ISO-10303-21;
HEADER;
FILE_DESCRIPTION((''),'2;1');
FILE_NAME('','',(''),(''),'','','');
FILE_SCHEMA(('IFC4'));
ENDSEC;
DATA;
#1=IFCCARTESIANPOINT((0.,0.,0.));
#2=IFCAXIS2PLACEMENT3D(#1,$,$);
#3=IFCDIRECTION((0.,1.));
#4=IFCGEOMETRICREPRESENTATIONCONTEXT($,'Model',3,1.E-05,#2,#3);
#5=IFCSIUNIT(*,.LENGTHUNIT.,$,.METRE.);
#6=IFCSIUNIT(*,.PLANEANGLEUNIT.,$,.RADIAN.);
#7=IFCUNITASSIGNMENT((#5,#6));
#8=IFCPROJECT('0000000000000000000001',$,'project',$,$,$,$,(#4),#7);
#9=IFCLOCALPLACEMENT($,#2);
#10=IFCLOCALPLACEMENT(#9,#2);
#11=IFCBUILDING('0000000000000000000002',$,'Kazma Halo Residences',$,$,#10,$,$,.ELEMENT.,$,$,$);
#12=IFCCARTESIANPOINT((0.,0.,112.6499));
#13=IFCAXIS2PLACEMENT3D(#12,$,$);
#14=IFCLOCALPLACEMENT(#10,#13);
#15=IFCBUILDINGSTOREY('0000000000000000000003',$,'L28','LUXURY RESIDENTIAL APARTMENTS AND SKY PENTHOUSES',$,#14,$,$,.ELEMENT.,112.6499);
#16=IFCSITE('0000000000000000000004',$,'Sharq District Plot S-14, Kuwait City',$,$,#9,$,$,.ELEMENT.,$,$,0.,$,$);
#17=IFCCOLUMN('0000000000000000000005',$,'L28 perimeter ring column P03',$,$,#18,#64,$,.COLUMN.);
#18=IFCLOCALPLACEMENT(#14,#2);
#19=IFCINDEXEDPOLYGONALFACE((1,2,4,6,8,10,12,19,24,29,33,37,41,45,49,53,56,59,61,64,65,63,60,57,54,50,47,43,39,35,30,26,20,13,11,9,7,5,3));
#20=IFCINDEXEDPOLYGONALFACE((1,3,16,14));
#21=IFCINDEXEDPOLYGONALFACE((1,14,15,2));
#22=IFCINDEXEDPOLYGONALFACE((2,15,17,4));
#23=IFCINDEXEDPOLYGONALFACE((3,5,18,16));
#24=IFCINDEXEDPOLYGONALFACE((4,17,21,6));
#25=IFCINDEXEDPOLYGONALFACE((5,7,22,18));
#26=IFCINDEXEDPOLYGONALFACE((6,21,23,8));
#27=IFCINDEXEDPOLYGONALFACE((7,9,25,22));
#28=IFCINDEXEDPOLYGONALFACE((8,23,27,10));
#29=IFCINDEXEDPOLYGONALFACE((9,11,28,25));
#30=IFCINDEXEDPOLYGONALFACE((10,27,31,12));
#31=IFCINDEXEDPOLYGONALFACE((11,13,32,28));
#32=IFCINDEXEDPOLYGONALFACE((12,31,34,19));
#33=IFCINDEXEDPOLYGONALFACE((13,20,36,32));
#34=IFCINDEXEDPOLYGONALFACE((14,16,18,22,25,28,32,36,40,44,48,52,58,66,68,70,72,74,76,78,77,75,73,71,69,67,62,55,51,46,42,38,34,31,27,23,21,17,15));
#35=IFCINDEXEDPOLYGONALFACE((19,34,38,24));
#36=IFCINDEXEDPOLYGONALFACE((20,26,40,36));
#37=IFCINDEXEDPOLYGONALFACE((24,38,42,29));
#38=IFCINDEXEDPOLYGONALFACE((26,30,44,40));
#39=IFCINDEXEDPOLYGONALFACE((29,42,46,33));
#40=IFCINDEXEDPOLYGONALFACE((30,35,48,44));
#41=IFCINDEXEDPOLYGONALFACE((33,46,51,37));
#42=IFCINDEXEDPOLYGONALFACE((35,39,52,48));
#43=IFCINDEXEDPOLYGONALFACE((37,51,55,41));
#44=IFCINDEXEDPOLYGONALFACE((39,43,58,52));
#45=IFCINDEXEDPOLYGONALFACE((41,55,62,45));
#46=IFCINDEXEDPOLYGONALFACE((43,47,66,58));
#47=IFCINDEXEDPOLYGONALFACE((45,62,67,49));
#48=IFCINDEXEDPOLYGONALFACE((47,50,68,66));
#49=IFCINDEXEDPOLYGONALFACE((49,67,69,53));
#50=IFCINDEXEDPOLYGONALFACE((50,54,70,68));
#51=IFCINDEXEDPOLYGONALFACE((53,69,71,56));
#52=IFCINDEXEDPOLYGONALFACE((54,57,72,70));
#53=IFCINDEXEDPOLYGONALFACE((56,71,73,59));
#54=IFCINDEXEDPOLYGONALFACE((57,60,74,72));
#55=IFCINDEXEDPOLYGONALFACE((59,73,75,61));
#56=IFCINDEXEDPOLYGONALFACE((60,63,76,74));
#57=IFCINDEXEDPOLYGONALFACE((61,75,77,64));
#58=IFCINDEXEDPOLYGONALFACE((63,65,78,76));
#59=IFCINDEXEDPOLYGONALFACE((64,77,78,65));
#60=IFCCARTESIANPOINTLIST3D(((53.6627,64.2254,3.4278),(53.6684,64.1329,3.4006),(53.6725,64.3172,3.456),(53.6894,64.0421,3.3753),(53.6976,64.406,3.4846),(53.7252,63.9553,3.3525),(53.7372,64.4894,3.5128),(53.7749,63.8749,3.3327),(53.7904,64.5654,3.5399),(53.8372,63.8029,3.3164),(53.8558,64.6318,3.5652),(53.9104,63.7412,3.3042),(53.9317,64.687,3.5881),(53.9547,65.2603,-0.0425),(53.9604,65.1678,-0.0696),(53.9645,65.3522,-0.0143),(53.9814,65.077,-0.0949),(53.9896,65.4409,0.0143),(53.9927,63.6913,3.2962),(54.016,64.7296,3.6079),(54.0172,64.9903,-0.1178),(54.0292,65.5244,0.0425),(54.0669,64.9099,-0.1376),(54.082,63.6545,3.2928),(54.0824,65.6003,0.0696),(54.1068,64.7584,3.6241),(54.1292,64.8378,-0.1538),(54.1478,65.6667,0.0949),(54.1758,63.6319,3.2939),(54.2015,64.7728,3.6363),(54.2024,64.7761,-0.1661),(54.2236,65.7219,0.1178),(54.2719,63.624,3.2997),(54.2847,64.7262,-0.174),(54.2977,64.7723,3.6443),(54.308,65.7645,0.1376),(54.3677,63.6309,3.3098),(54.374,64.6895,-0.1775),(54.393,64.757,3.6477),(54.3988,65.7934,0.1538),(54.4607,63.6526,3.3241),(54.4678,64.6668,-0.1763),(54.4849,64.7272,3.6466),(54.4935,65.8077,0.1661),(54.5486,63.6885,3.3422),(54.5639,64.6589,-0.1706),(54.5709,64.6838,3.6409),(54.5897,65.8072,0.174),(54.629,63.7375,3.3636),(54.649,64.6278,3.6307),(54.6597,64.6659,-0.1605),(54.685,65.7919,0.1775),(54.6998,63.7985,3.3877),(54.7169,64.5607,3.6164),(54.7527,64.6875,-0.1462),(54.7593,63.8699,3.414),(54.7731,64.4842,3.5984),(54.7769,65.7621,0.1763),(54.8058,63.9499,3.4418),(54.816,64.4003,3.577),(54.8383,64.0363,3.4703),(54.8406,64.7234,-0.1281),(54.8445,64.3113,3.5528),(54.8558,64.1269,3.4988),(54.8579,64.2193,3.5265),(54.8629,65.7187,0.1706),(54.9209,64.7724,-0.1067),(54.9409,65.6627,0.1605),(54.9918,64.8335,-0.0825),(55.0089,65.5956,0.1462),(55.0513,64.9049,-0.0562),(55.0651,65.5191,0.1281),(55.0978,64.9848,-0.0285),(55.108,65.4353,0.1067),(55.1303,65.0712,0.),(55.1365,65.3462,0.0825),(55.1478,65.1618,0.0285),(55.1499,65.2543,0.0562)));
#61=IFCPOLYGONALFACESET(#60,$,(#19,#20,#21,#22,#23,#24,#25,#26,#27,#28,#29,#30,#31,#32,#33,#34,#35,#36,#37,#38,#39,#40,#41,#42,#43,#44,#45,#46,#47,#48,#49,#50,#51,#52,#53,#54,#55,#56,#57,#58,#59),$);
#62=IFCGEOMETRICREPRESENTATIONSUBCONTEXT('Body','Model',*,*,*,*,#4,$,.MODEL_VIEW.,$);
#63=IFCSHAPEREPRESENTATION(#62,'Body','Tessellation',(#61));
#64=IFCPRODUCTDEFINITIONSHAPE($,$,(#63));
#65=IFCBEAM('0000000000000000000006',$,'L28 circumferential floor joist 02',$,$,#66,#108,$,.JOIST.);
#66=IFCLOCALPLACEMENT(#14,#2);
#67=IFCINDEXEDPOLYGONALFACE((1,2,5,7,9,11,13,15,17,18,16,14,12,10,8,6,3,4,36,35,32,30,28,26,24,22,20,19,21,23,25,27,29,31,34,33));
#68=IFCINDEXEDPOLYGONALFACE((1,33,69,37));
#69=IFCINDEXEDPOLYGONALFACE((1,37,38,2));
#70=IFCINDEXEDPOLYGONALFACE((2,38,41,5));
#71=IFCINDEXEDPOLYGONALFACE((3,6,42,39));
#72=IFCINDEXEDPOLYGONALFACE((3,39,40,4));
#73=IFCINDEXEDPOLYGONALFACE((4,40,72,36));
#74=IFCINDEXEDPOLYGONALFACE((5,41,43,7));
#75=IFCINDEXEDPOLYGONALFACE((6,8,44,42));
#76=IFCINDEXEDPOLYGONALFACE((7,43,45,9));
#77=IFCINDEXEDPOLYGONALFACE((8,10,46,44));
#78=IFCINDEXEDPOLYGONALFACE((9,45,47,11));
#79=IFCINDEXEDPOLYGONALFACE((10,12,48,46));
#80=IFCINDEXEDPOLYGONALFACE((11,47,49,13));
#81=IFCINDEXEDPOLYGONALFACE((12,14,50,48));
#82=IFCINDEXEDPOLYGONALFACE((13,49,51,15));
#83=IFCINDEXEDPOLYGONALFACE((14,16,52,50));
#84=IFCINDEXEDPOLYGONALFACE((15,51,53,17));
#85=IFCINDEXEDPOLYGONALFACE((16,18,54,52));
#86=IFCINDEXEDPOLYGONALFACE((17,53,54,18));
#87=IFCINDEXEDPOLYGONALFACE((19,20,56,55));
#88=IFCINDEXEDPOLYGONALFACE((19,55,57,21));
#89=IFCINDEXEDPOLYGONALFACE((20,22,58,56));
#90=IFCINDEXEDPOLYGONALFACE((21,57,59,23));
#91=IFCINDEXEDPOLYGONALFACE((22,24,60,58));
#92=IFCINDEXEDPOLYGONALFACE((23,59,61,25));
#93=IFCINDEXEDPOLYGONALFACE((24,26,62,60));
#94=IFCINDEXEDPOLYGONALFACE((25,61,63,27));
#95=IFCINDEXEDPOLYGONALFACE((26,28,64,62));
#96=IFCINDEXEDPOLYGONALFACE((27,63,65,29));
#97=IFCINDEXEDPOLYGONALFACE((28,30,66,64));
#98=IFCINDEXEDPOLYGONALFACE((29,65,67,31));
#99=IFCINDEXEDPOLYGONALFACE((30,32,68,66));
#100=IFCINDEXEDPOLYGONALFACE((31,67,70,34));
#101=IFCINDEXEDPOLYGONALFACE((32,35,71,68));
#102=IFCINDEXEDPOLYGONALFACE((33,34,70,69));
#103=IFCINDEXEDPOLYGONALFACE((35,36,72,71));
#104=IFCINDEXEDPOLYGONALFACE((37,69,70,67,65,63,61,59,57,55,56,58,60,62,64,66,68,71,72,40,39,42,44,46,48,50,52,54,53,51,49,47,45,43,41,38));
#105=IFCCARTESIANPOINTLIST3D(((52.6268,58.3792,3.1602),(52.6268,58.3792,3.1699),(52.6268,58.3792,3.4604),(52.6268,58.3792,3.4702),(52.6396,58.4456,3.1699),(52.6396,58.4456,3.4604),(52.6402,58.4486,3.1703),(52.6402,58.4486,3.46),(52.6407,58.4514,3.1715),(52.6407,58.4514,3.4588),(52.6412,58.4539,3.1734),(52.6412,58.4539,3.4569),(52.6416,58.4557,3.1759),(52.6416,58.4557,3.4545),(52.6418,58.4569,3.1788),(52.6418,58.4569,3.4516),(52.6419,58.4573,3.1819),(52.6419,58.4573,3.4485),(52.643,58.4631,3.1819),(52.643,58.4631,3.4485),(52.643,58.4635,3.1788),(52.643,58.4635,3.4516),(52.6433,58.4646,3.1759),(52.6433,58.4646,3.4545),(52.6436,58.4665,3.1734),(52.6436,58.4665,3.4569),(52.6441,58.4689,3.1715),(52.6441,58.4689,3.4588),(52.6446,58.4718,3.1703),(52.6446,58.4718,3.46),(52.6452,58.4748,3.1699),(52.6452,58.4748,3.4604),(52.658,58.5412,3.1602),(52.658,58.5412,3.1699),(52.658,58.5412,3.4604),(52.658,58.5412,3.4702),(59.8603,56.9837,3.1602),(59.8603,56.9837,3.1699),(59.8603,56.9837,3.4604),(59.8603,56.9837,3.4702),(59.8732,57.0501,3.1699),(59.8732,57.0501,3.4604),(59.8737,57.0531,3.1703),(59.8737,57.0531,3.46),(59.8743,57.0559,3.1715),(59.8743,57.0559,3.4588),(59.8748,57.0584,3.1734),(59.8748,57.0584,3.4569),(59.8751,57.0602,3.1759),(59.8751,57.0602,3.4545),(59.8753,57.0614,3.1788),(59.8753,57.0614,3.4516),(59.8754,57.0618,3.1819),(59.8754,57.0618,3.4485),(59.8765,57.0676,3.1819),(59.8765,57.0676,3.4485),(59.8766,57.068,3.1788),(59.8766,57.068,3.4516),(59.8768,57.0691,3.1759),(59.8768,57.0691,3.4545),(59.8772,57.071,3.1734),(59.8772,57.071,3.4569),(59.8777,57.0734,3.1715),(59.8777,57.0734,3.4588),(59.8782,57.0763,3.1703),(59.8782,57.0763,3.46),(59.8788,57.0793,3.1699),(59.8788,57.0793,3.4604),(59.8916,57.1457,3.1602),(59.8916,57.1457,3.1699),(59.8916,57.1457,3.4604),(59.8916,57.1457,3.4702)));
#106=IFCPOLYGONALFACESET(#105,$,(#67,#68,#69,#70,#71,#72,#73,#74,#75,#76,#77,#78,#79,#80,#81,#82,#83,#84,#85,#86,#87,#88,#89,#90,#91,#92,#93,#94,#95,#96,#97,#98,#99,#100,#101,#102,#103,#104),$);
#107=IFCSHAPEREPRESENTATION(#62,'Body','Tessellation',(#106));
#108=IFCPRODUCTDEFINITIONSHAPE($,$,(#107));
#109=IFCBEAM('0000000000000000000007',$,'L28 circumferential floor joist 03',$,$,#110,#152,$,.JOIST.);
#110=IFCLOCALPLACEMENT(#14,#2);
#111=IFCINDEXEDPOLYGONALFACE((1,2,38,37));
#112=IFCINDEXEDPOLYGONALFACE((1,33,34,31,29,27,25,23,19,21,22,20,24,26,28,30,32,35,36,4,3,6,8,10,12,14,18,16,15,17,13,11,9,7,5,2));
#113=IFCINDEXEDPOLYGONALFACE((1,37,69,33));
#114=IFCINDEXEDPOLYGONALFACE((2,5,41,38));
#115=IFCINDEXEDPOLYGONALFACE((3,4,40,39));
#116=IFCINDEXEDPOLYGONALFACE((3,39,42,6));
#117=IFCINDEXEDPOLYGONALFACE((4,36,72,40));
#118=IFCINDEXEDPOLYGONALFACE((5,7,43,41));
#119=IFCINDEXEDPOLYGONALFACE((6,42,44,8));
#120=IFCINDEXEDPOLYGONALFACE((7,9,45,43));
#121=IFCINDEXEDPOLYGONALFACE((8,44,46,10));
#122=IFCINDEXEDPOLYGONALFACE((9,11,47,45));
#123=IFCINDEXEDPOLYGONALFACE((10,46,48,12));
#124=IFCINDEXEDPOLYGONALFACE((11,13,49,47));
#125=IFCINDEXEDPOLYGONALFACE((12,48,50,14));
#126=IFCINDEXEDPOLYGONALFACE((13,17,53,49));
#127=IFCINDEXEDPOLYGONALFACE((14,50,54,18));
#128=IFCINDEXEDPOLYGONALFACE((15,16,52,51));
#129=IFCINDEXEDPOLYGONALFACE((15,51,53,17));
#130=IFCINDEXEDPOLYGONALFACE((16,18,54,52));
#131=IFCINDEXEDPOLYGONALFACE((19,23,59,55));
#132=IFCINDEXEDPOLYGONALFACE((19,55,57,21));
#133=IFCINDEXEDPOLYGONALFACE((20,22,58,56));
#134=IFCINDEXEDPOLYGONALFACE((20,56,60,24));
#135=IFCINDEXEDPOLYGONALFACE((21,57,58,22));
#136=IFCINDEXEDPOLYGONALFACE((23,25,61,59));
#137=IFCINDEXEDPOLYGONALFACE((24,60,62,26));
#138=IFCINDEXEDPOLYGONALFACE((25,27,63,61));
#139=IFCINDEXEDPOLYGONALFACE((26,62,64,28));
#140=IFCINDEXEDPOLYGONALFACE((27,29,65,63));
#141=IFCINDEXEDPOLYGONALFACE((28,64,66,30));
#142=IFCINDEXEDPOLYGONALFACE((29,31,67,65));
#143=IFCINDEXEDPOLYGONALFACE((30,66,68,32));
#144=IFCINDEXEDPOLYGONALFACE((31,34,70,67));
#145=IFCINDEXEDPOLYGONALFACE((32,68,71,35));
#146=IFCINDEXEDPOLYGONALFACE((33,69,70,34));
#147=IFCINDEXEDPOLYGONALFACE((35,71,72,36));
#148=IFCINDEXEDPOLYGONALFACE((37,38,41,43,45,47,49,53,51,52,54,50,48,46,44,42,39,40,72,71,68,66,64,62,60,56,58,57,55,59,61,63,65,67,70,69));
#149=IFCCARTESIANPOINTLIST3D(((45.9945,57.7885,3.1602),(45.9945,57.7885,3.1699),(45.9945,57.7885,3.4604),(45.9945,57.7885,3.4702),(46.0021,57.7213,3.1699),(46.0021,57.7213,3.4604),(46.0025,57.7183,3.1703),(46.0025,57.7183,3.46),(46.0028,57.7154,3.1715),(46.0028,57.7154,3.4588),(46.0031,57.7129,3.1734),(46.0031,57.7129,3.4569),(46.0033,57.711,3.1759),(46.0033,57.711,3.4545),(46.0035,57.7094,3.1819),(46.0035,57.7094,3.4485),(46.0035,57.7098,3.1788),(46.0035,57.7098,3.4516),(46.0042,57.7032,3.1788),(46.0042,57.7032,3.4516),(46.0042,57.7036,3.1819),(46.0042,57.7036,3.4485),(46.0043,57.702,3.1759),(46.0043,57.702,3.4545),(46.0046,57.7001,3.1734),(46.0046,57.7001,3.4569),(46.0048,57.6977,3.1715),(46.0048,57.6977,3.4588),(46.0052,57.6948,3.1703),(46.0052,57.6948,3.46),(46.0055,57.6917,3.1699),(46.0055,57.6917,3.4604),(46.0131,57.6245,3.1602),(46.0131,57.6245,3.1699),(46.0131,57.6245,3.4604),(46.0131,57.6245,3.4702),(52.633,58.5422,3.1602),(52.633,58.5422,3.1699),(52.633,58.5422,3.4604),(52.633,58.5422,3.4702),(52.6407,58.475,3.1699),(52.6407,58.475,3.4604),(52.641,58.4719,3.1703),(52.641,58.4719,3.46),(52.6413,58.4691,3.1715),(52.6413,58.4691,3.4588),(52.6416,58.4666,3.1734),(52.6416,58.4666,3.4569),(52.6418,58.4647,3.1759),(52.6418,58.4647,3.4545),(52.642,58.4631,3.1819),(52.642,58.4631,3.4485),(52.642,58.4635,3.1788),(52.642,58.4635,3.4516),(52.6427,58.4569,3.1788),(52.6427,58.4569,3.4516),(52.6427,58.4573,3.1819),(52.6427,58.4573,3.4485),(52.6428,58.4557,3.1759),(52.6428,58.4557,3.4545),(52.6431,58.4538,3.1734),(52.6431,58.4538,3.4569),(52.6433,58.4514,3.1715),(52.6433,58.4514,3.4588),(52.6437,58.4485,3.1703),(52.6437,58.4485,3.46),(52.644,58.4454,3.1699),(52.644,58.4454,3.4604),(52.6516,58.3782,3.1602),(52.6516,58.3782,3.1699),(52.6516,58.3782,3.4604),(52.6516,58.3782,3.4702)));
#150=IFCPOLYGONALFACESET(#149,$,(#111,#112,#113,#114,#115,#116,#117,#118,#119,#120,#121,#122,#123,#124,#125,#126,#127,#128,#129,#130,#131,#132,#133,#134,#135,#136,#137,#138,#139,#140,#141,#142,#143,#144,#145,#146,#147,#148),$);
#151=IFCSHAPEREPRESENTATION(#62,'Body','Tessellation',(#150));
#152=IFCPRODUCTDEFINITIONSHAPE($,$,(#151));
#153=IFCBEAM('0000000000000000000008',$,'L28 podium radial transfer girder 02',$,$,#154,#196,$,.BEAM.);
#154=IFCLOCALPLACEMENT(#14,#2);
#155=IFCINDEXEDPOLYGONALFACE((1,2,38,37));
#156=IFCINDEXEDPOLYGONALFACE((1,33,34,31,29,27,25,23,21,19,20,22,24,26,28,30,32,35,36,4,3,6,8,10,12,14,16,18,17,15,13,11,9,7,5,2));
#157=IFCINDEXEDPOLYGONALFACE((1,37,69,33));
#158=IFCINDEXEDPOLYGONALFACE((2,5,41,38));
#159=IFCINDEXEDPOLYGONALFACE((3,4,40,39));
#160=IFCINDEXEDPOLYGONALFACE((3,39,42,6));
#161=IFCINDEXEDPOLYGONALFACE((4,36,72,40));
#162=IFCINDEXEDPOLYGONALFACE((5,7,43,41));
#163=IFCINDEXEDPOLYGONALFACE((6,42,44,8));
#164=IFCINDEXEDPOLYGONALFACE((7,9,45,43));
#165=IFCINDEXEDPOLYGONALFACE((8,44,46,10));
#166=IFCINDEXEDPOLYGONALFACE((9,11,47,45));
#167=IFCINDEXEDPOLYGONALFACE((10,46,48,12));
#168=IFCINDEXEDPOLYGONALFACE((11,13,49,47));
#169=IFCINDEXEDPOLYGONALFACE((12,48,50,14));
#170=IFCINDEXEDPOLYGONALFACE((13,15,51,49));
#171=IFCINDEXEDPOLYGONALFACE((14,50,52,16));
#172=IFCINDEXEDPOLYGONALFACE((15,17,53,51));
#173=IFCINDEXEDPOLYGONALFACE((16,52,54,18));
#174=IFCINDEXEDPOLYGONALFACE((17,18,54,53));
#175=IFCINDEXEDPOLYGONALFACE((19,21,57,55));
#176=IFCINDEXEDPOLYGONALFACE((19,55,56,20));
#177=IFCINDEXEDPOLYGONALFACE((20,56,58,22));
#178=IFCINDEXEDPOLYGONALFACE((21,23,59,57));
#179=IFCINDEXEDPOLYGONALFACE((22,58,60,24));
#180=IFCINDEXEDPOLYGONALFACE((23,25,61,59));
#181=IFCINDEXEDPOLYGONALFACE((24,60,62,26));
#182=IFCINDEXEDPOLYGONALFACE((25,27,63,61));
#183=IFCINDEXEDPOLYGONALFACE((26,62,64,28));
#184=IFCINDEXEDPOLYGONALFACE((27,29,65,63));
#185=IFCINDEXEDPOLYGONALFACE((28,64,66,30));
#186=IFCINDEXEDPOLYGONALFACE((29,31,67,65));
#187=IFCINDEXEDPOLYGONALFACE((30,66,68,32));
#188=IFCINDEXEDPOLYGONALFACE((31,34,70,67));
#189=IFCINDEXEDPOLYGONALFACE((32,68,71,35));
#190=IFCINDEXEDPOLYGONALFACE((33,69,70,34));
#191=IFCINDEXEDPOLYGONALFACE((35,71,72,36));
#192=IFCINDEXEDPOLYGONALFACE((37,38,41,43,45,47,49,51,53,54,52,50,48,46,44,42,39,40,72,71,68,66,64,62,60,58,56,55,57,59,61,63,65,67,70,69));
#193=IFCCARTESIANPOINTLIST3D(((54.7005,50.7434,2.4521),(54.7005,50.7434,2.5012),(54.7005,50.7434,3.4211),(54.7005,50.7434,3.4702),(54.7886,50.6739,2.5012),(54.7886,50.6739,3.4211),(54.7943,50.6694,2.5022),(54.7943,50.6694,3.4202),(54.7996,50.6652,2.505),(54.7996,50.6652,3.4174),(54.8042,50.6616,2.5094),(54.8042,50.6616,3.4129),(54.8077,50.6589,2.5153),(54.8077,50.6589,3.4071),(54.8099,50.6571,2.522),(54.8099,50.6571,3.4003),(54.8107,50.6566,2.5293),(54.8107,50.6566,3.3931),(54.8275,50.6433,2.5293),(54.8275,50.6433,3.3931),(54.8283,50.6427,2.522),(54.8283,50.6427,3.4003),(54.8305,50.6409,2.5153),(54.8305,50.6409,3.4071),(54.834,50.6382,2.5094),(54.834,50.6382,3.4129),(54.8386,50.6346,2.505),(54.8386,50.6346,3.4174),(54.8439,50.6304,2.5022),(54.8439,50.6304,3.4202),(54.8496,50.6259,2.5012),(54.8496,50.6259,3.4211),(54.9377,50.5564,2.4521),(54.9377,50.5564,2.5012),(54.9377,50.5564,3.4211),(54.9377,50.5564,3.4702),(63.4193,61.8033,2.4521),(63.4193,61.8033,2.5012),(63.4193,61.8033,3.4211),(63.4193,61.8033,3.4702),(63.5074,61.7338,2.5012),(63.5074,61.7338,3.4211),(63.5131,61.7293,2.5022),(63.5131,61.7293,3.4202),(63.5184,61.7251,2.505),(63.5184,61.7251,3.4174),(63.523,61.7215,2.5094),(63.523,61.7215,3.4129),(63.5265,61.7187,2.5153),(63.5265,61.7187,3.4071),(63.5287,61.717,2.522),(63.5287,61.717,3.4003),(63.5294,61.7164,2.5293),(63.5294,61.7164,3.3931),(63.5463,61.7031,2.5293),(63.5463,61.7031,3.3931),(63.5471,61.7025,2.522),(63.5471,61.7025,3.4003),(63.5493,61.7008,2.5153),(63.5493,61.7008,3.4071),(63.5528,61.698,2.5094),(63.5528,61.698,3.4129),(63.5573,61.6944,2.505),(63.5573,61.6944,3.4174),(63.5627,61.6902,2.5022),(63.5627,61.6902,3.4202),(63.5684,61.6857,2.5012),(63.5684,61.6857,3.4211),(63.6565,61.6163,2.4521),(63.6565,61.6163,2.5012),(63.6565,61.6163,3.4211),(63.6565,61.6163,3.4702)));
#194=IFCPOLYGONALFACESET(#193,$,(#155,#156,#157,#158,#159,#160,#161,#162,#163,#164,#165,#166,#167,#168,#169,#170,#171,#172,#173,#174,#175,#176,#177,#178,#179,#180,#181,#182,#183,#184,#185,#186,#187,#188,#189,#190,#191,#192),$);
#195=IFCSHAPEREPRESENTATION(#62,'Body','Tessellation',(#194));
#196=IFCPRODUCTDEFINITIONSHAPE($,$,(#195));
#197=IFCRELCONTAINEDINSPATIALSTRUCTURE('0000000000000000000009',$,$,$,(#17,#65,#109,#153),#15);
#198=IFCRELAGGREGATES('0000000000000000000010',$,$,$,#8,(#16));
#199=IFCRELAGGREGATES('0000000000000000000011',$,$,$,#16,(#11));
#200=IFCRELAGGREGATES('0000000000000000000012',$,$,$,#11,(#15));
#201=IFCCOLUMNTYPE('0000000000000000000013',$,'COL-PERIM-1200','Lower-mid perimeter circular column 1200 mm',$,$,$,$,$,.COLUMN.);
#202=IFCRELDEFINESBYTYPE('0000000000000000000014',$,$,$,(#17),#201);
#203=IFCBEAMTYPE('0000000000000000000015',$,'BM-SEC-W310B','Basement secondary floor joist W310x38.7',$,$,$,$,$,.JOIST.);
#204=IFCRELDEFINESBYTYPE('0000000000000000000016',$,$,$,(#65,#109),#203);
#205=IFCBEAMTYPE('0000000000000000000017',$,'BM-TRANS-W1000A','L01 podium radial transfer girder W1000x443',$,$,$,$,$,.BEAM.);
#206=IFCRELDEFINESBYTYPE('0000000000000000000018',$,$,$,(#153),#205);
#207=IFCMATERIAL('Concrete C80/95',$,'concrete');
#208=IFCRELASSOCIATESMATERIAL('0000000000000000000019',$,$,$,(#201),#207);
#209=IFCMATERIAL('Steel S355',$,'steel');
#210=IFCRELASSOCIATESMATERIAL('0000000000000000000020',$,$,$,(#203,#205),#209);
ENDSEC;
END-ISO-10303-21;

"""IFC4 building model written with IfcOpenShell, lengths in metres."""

from ifc_helpers import new_model, si_unit, direction, frame, origin, origin_2d, place, context, subcontext, project, spatial, circle, i_section, extrude, material, material_profile, profile_set, type_object, element, save


model = new_model("IFC4")

# Units and contexts
model_context = context("Model", 3, precision=1e-05, world=origin(), true_north=direction((0.0, 1.0)))
body_context = subcontext(model_context, "Body", "Model", "MODEL_VIEW")
ifc_project = project(units=[si_unit("LENGTHUNIT", "METRE"), si_unit("PLANEANGLEUNIT", "RADIAN")], contexts=[model_context])

# Site, building, storey
site_placement = place(None, origin())
site = spatial("IfcSite", under=ifc_project, at=site_placement, Name="Sharq District Plot S-14, Kuwait City", CompositionType="ELEMENT", RefElevation=0.0)
building_placement = place(site_placement, origin())
building = spatial("IfcBuilding", under=site, at=building_placement, Name="Kazma Halo Residences", CompositionType="ELEMENT")
storey_placement = place(building_placement, frame((0.0, 0.0, 112.6499)))
storey = spatial("IfcBuildingStorey", under=building, at=storey_placement, Name="L28", Description="LUXURY RESIDENTIAL APARTMENTS AND SKY PENTHOUSES", CompositionType="ELEMENT", Elevation=112.6499)

# Column
ifc_material_1 = material(Name="Concrete C80/95", Category="concrete")
ifc_material_profile_1 = material_profile(ifc_material_1, circle(Radius=0.6001, at=origin_2d()), Name="CIRC1200")
ifc_profile_set_1 = profile_set([ifc_material_profile_1], Name="Concrete C80/95")
column_type = type_object("IfcColumnType", Name="COL-PERIM-1200", Description="Lower-mid perimeter circular column 1200 mm", PredefinedType="COLUMN", material=ifc_profile_set_1)
column_placement = place(storey_placement, frame((54.5527, 65.2341, 0.0), z_axis=(-0.080372, -0.284864, 0.955192), x_axis=(0.962427, -0.271541, 0.0)))
element("IfcColumn", 1, at=column_placement, inside=storey, type_object=column_type, Name="L28 perimeter ring column P03", PredefinedType="COLUMN", context=body_context, shape_type="SweptSolid", body=[
    extrude(circle(Radius=0.6001, at=origin_2d()), origin(), (0.0, 0.0, 1.0), 3.6331),
])

# Beams
ifc_material_2 = material(Name="Steel S355", Category="steel")
ifc_material_profile_2 = material_profile(ifc_material_2, i_section(OverallWidth=0.165, OverallDepth=0.3101, WebThickness=0.0059, FlangeThickness=0.0098, FilletRadius=0.012, at=origin_2d()), Name="W310x38.7")
ifc_profile_set_2 = profile_set([ifc_material_profile_2], Name="Steel S355")
beam_type_1 = type_object("IfcBeamType", Name="BM-SEC-W310B", Description="Basement secondary floor joist W310x38.7", PredefinedType="JOIST", material=ifc_profile_set_2)
beam_1_placement = place(storey_placement, frame((59.876, 57.0647, 3.3152), z_axis=(-0.981895, 0.189426, 0.0), x_axis=(-0.189426, -0.981895, 0.0)))
element("IfcBeam", 2, at=beam_1_placement, inside=storey, type_object=beam_type_1, Name="L28 circumferential floor joist 02", PredefinedType="JOIST", context=body_context, shape_type="SweptSolid", body=[
    extrude(i_section(OverallWidth=0.165, OverallDepth=0.3101, WebThickness=0.0059, FlangeThickness=0.0098, FilletRadius=0.012, at=origin_2d()), origin(), (0.0, 0.0, 1.0), 7.3669),
])
beam_2_placement = place(storey_placement, frame((52.6423, 58.4602, 3.3152), z_axis=(-0.993617, -0.112806, 0.0), x_axis=(0.112806, -0.993617, 0.0)))
element("IfcBeam", 3, at=beam_2_placement, inside=storey, type_object=beam_type_1, Name="L28 circumferential floor joist 03", PredefinedType="JOIST", context=body_context, shape_type="SweptSolid", body=[
    extrude(i_section(OverallWidth=0.165, OverallDepth=0.3101, WebThickness=0.0059, FlangeThickness=0.0098, FilletRadius=0.012, at=origin_2d()), origin(), (0.0, 0.0, 1.0), 6.6812),
])
ifc_material_profile_3 = material_profile(ifc_material_2, i_section(OverallWidth=0.302, OverallDepth=1.0181, WebThickness=0.0215, FlangeThickness=0.0491, FilletRadius=0.0281, at=origin_2d()), Name="W1000x443")
ifc_profile_set_3 = profile_set([ifc_material_profile_3], Name="Steel S355")
beam_type_2 = type_object("IfcBeamType", Name="BM-TRANS-W1000A", Description="L01 podium radial transfer girder W1000x443", PredefinedType="BEAM", material=ifc_profile_set_3)
beam_3_placement = place(storey_placement, frame((54.8191, 50.6499, 2.9612), z_axis=(0.619089, 0.785321, 0.0), x_axis=(-0.785321, 0.619089, 0.0)))
element("IfcBeam", 4, at=beam_3_placement, inside=storey, type_object=beam_type_2, Name="L28 podium radial transfer girder 02", PredefinedType="BEAM", context=body_context, shape_type="SweptSolid", body=[
    extrude(i_section(OverallWidth=0.302, OverallDepth=1.0181, WebThickness=0.0215, FlangeThickness=0.0491, FilletRadius=0.0281, at=origin_2d()), origin(), (0.0, 0.0, 1.0), 14.0833),
])

save(model, "model.ifc")
